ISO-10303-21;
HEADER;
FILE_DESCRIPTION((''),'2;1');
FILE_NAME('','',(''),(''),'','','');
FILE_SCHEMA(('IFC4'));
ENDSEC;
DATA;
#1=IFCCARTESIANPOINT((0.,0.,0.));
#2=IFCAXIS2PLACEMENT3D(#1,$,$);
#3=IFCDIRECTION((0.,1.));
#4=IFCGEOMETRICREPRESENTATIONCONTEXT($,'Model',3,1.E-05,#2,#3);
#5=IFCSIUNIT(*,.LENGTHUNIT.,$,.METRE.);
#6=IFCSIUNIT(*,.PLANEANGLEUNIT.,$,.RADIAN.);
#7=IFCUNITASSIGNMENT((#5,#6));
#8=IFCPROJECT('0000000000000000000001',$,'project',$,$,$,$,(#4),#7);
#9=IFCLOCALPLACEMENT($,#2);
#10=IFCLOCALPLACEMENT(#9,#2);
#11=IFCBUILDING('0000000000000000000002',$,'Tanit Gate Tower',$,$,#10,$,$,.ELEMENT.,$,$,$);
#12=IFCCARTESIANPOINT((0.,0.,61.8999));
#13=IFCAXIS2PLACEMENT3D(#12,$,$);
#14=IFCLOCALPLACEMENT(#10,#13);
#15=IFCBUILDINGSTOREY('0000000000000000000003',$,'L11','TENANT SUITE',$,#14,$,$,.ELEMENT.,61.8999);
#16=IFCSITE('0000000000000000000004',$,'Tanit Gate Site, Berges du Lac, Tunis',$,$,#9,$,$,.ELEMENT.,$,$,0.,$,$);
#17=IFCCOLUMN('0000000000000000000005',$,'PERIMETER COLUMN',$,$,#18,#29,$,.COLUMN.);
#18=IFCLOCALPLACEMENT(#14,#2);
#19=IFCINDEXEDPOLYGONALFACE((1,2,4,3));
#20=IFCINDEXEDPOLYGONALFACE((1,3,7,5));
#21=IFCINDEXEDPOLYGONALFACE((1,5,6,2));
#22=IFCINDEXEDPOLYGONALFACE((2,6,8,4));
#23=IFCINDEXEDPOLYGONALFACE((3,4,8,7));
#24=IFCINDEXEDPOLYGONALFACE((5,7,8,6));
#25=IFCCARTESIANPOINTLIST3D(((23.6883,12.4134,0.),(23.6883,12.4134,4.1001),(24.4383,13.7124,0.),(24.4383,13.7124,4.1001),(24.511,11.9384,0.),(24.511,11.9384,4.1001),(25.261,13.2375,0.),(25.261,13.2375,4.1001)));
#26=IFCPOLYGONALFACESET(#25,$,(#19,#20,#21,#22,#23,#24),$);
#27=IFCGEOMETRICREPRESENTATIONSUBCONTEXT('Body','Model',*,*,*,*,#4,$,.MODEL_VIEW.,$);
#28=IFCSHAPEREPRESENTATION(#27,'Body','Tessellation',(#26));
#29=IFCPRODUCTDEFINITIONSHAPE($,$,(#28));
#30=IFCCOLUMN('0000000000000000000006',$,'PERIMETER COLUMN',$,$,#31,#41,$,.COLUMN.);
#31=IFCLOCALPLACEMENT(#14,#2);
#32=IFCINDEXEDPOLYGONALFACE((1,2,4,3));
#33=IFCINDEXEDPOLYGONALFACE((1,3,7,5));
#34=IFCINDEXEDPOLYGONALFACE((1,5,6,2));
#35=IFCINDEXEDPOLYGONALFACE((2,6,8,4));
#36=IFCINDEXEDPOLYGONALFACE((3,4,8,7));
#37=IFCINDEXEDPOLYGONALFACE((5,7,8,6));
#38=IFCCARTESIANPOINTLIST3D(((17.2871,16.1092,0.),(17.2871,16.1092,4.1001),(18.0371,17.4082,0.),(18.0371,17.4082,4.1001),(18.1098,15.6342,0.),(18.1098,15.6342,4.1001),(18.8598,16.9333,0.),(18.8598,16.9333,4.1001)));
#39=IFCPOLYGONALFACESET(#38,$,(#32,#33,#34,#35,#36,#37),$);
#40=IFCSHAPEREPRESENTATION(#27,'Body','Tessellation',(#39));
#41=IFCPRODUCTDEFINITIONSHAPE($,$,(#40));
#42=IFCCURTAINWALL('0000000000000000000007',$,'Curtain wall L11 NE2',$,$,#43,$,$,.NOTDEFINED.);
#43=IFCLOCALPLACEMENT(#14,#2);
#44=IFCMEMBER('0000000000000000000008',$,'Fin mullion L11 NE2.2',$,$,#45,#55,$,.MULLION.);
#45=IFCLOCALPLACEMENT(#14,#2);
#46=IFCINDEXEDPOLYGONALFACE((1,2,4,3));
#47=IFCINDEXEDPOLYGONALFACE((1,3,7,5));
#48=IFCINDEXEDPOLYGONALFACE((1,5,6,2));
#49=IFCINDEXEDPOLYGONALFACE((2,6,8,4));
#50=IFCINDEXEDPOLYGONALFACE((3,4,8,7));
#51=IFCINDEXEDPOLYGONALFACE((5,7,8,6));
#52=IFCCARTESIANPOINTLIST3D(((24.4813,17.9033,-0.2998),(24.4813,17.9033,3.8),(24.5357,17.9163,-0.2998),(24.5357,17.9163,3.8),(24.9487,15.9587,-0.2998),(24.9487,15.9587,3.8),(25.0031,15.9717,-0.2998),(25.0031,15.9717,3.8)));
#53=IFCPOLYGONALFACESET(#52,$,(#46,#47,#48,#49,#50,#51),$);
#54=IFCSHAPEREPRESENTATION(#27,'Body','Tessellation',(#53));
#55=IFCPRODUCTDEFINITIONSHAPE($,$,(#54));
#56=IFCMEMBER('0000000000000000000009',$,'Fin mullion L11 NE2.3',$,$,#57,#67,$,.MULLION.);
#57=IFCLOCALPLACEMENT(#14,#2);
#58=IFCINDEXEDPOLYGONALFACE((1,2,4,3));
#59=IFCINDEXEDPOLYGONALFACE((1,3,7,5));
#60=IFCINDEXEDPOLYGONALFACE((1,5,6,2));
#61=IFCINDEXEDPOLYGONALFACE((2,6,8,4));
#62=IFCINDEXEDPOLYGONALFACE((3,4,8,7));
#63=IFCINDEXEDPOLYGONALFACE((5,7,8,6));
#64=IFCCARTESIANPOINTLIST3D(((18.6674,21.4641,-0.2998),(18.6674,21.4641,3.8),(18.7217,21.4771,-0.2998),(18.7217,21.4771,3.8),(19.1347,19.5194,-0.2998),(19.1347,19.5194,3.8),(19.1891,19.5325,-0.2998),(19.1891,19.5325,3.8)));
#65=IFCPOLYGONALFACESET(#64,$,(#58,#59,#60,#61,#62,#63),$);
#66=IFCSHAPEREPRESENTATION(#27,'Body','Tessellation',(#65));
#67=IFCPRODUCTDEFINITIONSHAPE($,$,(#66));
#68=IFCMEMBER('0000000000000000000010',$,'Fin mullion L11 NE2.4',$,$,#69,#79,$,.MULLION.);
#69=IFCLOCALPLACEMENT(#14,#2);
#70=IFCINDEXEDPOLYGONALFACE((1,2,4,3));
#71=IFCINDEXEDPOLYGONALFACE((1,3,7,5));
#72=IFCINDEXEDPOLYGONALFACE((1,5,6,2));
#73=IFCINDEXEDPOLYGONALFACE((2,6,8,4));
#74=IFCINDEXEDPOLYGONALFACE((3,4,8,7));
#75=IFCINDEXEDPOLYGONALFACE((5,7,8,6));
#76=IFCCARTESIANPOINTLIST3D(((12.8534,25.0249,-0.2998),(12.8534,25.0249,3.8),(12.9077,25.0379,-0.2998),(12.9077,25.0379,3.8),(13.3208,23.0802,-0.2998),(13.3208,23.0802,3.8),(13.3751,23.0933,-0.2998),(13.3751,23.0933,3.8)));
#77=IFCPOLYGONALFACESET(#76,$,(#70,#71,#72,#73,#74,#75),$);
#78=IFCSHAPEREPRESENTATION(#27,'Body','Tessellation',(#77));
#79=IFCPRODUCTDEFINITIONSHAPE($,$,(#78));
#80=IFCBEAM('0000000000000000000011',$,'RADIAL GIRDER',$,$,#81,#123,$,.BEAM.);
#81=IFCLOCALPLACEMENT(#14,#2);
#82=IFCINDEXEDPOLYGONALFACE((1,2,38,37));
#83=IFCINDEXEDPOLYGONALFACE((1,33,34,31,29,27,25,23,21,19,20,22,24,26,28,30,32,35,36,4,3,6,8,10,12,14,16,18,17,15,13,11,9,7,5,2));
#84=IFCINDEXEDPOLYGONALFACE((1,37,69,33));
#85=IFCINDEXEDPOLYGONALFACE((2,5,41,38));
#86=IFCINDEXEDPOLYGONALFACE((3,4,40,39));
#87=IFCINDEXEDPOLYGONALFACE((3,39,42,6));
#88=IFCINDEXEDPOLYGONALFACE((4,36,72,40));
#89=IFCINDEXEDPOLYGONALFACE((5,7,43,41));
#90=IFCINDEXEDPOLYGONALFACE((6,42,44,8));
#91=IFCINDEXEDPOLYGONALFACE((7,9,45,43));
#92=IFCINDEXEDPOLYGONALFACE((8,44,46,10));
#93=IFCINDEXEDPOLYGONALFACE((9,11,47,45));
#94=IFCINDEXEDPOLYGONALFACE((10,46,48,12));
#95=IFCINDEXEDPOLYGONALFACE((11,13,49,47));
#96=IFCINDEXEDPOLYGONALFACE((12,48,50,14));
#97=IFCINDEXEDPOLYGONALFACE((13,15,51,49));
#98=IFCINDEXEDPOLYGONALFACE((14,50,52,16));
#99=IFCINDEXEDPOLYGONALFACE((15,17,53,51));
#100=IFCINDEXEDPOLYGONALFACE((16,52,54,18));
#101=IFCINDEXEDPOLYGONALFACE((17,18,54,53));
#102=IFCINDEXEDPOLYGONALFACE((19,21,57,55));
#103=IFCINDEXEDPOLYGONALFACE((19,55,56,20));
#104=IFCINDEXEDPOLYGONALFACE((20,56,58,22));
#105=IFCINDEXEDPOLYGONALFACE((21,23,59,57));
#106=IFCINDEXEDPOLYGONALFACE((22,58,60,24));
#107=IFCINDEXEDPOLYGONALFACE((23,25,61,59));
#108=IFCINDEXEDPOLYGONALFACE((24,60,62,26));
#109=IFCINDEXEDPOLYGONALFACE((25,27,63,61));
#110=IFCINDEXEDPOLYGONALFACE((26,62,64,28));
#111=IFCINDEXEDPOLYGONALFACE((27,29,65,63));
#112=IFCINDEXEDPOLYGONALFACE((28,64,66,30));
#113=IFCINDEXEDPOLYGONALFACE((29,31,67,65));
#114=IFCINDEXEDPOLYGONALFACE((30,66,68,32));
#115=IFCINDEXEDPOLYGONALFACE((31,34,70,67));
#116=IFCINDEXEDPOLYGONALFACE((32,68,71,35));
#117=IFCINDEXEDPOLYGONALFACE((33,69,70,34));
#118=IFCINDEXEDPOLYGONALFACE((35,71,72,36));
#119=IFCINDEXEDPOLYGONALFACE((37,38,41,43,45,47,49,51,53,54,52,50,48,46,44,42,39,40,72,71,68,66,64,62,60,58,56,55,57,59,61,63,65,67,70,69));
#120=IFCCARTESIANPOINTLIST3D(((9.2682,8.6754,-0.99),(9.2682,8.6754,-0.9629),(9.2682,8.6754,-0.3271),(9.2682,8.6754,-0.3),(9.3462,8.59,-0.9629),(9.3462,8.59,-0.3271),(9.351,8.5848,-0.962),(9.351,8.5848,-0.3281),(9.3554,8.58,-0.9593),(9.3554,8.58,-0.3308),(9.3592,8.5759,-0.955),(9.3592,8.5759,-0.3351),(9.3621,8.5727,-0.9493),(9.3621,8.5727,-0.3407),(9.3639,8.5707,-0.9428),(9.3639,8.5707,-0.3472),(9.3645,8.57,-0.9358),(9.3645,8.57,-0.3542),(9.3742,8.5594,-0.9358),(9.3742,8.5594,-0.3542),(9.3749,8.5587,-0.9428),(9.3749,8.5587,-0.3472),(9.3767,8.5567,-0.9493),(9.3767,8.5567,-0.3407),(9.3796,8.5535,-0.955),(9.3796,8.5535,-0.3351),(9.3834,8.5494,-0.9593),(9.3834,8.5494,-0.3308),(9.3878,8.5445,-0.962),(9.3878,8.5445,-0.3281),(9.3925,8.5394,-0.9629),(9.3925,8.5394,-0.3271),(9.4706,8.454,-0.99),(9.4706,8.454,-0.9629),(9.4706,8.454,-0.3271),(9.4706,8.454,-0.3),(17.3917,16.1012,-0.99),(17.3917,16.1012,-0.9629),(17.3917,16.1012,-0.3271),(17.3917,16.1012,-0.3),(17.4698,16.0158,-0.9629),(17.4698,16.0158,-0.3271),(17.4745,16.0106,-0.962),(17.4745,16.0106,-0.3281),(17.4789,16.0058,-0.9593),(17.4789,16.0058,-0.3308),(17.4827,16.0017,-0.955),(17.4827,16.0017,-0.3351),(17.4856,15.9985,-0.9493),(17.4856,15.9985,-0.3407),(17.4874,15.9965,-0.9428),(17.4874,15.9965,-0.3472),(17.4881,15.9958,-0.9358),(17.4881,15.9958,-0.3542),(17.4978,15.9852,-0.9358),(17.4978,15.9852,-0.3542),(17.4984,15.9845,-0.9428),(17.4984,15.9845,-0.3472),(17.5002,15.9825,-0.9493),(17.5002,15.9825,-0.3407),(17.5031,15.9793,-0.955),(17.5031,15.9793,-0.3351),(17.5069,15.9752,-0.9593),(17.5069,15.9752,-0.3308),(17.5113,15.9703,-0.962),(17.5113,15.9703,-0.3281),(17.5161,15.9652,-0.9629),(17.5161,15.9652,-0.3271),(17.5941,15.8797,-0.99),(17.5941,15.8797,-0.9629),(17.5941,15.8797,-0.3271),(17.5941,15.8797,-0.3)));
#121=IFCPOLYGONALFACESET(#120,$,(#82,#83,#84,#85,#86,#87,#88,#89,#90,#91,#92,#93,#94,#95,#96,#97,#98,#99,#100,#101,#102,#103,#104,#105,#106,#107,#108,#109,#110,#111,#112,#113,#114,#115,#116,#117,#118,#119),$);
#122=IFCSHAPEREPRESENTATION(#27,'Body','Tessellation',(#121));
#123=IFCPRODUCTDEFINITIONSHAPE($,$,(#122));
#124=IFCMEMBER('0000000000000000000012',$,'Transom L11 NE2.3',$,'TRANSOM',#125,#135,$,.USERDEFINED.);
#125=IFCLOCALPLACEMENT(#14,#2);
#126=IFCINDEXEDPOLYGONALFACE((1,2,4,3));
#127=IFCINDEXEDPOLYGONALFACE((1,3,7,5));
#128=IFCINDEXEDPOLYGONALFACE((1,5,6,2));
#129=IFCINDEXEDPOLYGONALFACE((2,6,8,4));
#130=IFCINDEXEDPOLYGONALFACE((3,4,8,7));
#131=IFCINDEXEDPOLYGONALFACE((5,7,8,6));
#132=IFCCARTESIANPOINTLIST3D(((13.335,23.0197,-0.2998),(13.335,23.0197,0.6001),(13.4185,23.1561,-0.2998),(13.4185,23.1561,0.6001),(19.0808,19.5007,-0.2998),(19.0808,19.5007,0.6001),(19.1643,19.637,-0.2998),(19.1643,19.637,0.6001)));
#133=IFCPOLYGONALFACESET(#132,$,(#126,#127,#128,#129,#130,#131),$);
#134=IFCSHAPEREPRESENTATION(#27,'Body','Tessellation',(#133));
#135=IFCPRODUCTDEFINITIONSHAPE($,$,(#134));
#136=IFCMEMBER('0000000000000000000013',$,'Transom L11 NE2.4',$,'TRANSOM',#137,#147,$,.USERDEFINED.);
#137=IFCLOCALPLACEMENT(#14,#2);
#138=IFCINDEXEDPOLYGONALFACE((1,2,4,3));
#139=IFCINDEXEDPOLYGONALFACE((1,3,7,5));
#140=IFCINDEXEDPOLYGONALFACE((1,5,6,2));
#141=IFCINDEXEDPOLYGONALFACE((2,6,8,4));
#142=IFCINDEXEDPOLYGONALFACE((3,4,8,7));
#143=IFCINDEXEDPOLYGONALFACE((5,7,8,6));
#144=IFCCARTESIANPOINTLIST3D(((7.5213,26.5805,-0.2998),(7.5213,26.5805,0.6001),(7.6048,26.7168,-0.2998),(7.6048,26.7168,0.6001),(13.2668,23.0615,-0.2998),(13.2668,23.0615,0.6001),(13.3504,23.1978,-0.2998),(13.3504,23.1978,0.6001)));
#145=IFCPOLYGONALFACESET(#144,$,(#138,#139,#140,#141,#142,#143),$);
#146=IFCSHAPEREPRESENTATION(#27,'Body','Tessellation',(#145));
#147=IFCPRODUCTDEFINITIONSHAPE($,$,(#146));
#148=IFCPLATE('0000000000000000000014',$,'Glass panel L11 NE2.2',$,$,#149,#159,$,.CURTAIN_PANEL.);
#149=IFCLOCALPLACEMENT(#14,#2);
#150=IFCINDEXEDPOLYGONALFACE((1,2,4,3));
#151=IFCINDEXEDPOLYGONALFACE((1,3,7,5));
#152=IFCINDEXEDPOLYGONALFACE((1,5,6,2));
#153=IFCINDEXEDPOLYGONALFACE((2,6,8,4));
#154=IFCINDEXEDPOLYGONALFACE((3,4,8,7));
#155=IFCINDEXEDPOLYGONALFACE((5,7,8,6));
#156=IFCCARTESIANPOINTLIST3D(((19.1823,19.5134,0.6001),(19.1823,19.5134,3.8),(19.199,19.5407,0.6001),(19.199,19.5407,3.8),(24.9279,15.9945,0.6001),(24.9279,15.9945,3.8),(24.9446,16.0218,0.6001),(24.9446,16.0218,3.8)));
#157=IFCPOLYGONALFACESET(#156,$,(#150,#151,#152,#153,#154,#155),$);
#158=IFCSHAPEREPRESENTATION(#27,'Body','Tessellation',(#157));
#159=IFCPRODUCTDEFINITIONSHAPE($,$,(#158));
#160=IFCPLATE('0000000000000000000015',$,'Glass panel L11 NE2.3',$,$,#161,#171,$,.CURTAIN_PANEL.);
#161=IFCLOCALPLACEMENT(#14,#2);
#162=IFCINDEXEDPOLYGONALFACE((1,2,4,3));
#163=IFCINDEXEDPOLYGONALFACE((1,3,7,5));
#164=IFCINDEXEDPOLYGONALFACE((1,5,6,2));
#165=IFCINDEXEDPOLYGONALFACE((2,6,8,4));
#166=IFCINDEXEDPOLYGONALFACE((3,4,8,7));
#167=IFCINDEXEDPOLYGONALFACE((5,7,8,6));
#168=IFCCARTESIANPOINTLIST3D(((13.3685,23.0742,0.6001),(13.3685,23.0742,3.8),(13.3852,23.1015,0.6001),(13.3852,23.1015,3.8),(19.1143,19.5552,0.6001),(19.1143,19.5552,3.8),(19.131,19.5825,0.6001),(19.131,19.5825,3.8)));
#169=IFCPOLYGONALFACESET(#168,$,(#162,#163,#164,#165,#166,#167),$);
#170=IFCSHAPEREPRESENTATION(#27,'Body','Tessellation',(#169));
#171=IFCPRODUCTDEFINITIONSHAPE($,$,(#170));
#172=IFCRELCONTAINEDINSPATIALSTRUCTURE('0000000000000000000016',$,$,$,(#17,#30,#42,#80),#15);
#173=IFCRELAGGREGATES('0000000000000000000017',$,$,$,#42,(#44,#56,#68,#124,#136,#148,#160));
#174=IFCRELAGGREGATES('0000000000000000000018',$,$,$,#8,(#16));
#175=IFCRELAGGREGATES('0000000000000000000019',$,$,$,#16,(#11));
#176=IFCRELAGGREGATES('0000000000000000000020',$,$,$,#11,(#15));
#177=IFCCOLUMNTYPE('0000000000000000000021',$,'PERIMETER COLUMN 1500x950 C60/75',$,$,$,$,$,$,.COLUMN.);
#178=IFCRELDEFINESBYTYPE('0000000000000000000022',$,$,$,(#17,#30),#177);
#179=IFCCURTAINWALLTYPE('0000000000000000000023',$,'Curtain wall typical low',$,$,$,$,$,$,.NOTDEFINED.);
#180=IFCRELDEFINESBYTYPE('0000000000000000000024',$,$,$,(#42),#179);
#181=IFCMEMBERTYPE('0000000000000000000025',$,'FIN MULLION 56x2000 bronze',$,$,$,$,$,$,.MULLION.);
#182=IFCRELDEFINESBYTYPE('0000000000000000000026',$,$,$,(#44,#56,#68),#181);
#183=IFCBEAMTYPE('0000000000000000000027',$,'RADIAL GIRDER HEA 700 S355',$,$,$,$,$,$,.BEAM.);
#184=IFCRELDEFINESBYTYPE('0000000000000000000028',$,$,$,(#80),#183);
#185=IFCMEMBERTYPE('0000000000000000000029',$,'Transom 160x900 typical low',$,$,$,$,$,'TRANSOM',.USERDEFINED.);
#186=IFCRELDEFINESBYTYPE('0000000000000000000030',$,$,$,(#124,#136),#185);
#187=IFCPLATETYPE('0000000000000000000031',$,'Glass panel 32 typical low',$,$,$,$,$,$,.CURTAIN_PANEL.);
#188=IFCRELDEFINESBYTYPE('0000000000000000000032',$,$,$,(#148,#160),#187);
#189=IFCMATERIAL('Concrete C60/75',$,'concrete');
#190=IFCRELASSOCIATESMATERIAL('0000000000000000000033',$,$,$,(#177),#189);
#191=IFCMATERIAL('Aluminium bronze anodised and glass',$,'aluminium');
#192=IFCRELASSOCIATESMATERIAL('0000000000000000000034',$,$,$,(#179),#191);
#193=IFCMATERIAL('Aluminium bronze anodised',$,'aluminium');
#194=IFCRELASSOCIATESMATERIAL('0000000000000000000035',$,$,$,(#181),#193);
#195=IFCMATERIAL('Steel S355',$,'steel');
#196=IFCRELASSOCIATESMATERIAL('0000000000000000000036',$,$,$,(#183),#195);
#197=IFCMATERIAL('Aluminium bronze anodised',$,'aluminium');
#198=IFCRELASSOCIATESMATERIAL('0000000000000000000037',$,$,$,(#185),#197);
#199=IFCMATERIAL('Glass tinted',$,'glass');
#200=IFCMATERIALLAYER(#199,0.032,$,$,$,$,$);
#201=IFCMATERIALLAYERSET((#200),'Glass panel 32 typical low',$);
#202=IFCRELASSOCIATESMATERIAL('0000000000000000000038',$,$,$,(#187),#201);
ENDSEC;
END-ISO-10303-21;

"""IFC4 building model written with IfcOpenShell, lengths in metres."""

from ifc_helpers import new_model, si_unit, direction, frame, origin, origin_2d, place, context, subcontext, project, spatial, rectangle, i_section, extrude, material, layer, layer_set, material_profile, profile_set, type_object, element, aggregate, save


model = new_model("IFC4")

# Units and contexts
model_context = context("Model", 3, precision=1e-05, world=origin(), true_north=direction((0.0, 1.0)))
body_context = subcontext(model_context, "Body", "Model", "MODEL_VIEW")
ifc_project = project(units=[si_unit("LENGTHUNIT", "METRE"), si_unit("PLANEANGLEUNIT", "RADIAN")], contexts=[model_context])

# Site, building, storey
site_placement = place(None, origin())
site = spatial("IfcSite", under=ifc_project, at=site_placement, Name="Tanit Gate Site, Berges du Lac, Tunis", CompositionType="ELEMENT", RefElevation=0.0)
building_placement = place(site_placement, origin())
building = spatial("IfcBuilding", under=site, at=building_placement, Name="Tanit Gate Tower", CompositionType="ELEMENT")
storey_placement = place(building_placement, frame((0.0, 0.0, 61.8999)))
storey = spatial("IfcBuildingStorey", under=building, at=storey_placement, Name="L11", Description="TENANT SUITE", CompositionType="ELEMENT", Elevation=61.8999)

# Columns
ifc_material_1 = material(Name="Concrete C60/75", Category="concrete")
ifc_material_profile_1 = material_profile(ifc_material_1, rectangle(XDim=1.5, YDim=0.95, at=origin_2d()), Name="RC 1500x950")
ifc_profile_set_1 = profile_set([ifc_material_profile_1], Name="Concrete C60/75")
column_type = type_object("IfcColumnType", Name="PERIMETER COLUMN 1500x950 C60/75", PredefinedType="COLUMN", material=ifc_profile_set_1)
for number, where, z_axis, x_axis, name in (
    (1, (24.4746, 12.8254, 0.0), (0.0, 0.0, 1.0), (0.5, 0.866025, 0.0), "PERIMETER COLUMN"),
    (2, (18.0735, 16.5212, 0.0), (0.0, 0.0, 1.0), (0.5, 0.866025, 0.0), "PERIMETER COLUMN"),
):
    element("IfcColumn", number, at=place(storey_placement, frame(where, z_axis=z_axis, x_axis=x_axis)), inside=storey, type_object=column_type, Name=name, PredefinedType="COLUMN", context=body_context, shape_type="SweptSolid", body=[
        extrude(rectangle(XDim=1.5, YDim=0.95, at=origin_2d()), origin(), (0.0, 0.0, 1.0), 4.1001),
    ])

# Curtain wall, members
ifc_material_2 = material(Name="Aluminium bronze anodised and glass", Category="aluminium")
curtain_wall_type = type_object("IfcCurtainWallType", Name="Curtain wall typical low", PredefinedType="NOTDEFINED", material=ifc_material_2)
curtain_wall_placement = place(storey_placement, origin())
curtain_wall = element("IfcCurtainWall", 3, at=curtain_wall_placement, inside=storey, type_object=curtain_wall_type, Name="Curtain wall L11 NE2", PredefinedType="NOTDEFINED")
ifc_material_3 = material(Name="Aluminium bronze anodised", Category="aluminium")
ifc_material_profile_2 = material_profile(ifc_material_3, rectangle(XDim=2.0, YDim=0.0559, at=origin_2d()), Name="56x2000 bronze fin mullion")
ifc_profile_set_2 = profile_set([ifc_material_profile_2], Name="Aluminium bronze anodised")
member_type_1 = type_object("IfcMemberType", Name="FIN MULLION 56x2000 bronze", PredefinedType="MULLION", material=ifc_profile_set_2)
member_1_placement = place(storey_placement, frame((24.7422, 16.9375, -0.2998), z_axis=(0.0, 0.0, 1.0), x_axis=(0.233691, -0.972311, 0.0)))
member_1 = element("IfcMember", 4, at=member_1_placement, type_object=member_type_1, Name="Fin mullion L11 NE2.2", PredefinedType="MULLION", context=body_context, shape_type="SweptSolid", body=[
    extrude(rectangle(XDim=2.0, YDim=0.0559, at=origin_2d()), origin(), (0.0, 0.0, 1.0), 4.0999),
])
member_2_placement = place(storey_placement, frame((18.9282, 20.4983, -0.2998), z_axis=(0.0, 0.0, 1.0), x_axis=(0.233691, -0.972311, 0.0)))
member_2 = element("IfcMember", 5, at=member_2_placement, type_object=member_type_1, Name="Fin mullion L11 NE2.3", PredefinedType="MULLION", context=body_context, shape_type="SweptSolid", body=[
    extrude(rectangle(XDim=2.0, YDim=0.0559, at=origin_2d()), origin(), (0.0, 0.0, 1.0), 4.0999),
])
member_3_placement = place(storey_placement, frame((13.1143, 24.0591, -0.2998), z_axis=(0.0, 0.0, 1.0), x_axis=(0.233691, -0.972311, 0.0)))
member_3 = element("IfcMember", 6, at=member_3_placement, type_object=member_type_1, Name="Fin mullion L11 NE2.4", PredefinedType="MULLION", context=body_context, shape_type="SweptSolid", body=[
    extrude(rectangle(XDim=2.0, YDim=0.0559, at=origin_2d()), origin(), (0.0, 0.0, 1.0), 4.0999),
])

# Beam
ifc_material_4 = material(Name="Steel S355", Category="steel")
ifc_material_profile_3 = material_profile(ifc_material_4, i_section(OverallWidth=0.3, OverallDepth=0.6899, WebThickness=0.0144, FlangeThickness=0.0271, FilletRadius=0.0271, at=origin_2d()), Name="HEA 700")
ifc_profile_set_3 = profile_set([ifc_material_profile_3], Name="Steel S355")
beam_type = type_object("IfcBeamType", Name="RADIAL GIRDER HEA 700 S355", PredefinedType="BEAM", material=ifc_profile_set_3)
beam_placement = place(storey_placement, frame((17.4929, 15.9905, -0.645), z_axis=(-0.738094, -0.674697, 0.0), x_axis=(0.674697, -0.738094, 0.0)))
element("IfcBeam", 7, at=beam_placement, inside=storey, type_object=beam_type, Name="RADIAL GIRDER", PredefinedType="BEAM", context=body_context, shape_type="SweptSolid", body=[
    extrude(i_section(OverallWidth=0.3, OverallDepth=0.6899, WebThickness=0.0144, FlangeThickness=0.0271, FilletRadius=0.0271, at=origin_2d()), origin(), (0.0, 0.0, 1.0), 11.0061),
])

# Members
ifc_material_5 = material(Name="Aluminium bronze anodised", Category="aluminium")
ifc_material_profile_4 = material_profile(ifc_material_5, rectangle(XDim=0.1599, YDim=0.8999, at=origin_2d()), Name="160x900 bronze transom")
ifc_profile_set_4 = profile_set([ifc_material_profile_4], Name="Aluminium bronze anodised")
member_type_2 = type_object("IfcMemberType", Name="Transom 160x900 typical low", ElementType="TRANSOM", PredefinedType="USERDEFINED", material=ifc_profile_set_4)
member_4_placement = place(storey_placement, frame((19.1226, 19.5688, 0.1501), z_axis=(-0.852774, 0.522281, 0.0), x_axis=(-0.522281, -0.852774, 0.0)))
member_4 = element("IfcMember", 8, at=member_4_placement, type_object=member_type_2, Name="Transom L11 NE2.3", ObjectType="TRANSOM", PredefinedType="USERDEFINED", context=body_context, shape_type="SweptSolid", body=[
    extrude(rectangle(XDim=0.1599, YDim=0.8999, at=origin_2d()), origin(), (0.0, 0.0, 1.0), 6.7378),
])
member_5_placement = place(storey_placement, frame((13.3086, 23.1296, 0.1501), z_axis=(-0.852764, 0.522297, 0.0), x_axis=(-0.522297, -0.852764, 0.0)))
member_5 = element("IfcMember", 9, at=member_5_placement, type_object=member_type_2, Name="Transom L11 NE2.4", ObjectType="TRANSOM", PredefinedType="USERDEFINED", context=body_context, shape_type="SweptSolid", body=[
    extrude(rectangle(XDim=0.1599, YDim=0.8999, at=origin_2d()), origin(), (0.0, 0.0, 1.0), 6.7375),
])

# Plates
ifc_material_6 = material(Name="Glass tinted", Category="glass")
ifc_layer = layer(ifc_material_6, 0.032)
ifc_layer_set = layer_set([ifc_layer], Name="Glass panel 32 typical low")
plate_type = type_object("IfcPlateType", Name="Glass panel 32 typical low", PredefinedType="CURTAIN_PANEL", material=ifc_layer_set)
plate_1_placement = place(storey_placement, frame((22.0635, 17.7676, 0.6001), z_axis=(0.0, 0.0, 1.0), x_axis=(-0.852772, 0.522283, 0.0)))
plate_1 = element("IfcPlate", 10, at=plate_1_placement, type_object=plate_type, Name="Glass panel L11 NE2.2", PredefinedType="CURTAIN_PANEL", context=body_context, shape_type="SweptSolid", body=[
    extrude(rectangle(XDim=6.7375, YDim=0.032, at=origin_2d()), origin(), (0.0, 0.0, 1.0), 3.2),
])
plate_2_placement = place(storey_placement, frame((16.2498, 21.3284, 0.6001), z_axis=(0.0, 0.0, 1.0), x_axis=(-0.852772, 0.522283, 0.0)))
plate_2 = element("IfcPlate", 11, at=plate_2_placement, type_object=plate_type, Name="Glass panel L11 NE2.3", PredefinedType="CURTAIN_PANEL", context=body_context, shape_type="SweptSolid", body=[
    extrude(rectangle(XDim=6.7378, YDim=0.032, at=origin_2d()), origin(), (0.0, 0.0, 1.0), 3.2),
])
aggregate(curtain_wall, [member_1, member_2, member_3, member_4, member_5, plate_1, plate_2])

save(model, "model.ifc")
